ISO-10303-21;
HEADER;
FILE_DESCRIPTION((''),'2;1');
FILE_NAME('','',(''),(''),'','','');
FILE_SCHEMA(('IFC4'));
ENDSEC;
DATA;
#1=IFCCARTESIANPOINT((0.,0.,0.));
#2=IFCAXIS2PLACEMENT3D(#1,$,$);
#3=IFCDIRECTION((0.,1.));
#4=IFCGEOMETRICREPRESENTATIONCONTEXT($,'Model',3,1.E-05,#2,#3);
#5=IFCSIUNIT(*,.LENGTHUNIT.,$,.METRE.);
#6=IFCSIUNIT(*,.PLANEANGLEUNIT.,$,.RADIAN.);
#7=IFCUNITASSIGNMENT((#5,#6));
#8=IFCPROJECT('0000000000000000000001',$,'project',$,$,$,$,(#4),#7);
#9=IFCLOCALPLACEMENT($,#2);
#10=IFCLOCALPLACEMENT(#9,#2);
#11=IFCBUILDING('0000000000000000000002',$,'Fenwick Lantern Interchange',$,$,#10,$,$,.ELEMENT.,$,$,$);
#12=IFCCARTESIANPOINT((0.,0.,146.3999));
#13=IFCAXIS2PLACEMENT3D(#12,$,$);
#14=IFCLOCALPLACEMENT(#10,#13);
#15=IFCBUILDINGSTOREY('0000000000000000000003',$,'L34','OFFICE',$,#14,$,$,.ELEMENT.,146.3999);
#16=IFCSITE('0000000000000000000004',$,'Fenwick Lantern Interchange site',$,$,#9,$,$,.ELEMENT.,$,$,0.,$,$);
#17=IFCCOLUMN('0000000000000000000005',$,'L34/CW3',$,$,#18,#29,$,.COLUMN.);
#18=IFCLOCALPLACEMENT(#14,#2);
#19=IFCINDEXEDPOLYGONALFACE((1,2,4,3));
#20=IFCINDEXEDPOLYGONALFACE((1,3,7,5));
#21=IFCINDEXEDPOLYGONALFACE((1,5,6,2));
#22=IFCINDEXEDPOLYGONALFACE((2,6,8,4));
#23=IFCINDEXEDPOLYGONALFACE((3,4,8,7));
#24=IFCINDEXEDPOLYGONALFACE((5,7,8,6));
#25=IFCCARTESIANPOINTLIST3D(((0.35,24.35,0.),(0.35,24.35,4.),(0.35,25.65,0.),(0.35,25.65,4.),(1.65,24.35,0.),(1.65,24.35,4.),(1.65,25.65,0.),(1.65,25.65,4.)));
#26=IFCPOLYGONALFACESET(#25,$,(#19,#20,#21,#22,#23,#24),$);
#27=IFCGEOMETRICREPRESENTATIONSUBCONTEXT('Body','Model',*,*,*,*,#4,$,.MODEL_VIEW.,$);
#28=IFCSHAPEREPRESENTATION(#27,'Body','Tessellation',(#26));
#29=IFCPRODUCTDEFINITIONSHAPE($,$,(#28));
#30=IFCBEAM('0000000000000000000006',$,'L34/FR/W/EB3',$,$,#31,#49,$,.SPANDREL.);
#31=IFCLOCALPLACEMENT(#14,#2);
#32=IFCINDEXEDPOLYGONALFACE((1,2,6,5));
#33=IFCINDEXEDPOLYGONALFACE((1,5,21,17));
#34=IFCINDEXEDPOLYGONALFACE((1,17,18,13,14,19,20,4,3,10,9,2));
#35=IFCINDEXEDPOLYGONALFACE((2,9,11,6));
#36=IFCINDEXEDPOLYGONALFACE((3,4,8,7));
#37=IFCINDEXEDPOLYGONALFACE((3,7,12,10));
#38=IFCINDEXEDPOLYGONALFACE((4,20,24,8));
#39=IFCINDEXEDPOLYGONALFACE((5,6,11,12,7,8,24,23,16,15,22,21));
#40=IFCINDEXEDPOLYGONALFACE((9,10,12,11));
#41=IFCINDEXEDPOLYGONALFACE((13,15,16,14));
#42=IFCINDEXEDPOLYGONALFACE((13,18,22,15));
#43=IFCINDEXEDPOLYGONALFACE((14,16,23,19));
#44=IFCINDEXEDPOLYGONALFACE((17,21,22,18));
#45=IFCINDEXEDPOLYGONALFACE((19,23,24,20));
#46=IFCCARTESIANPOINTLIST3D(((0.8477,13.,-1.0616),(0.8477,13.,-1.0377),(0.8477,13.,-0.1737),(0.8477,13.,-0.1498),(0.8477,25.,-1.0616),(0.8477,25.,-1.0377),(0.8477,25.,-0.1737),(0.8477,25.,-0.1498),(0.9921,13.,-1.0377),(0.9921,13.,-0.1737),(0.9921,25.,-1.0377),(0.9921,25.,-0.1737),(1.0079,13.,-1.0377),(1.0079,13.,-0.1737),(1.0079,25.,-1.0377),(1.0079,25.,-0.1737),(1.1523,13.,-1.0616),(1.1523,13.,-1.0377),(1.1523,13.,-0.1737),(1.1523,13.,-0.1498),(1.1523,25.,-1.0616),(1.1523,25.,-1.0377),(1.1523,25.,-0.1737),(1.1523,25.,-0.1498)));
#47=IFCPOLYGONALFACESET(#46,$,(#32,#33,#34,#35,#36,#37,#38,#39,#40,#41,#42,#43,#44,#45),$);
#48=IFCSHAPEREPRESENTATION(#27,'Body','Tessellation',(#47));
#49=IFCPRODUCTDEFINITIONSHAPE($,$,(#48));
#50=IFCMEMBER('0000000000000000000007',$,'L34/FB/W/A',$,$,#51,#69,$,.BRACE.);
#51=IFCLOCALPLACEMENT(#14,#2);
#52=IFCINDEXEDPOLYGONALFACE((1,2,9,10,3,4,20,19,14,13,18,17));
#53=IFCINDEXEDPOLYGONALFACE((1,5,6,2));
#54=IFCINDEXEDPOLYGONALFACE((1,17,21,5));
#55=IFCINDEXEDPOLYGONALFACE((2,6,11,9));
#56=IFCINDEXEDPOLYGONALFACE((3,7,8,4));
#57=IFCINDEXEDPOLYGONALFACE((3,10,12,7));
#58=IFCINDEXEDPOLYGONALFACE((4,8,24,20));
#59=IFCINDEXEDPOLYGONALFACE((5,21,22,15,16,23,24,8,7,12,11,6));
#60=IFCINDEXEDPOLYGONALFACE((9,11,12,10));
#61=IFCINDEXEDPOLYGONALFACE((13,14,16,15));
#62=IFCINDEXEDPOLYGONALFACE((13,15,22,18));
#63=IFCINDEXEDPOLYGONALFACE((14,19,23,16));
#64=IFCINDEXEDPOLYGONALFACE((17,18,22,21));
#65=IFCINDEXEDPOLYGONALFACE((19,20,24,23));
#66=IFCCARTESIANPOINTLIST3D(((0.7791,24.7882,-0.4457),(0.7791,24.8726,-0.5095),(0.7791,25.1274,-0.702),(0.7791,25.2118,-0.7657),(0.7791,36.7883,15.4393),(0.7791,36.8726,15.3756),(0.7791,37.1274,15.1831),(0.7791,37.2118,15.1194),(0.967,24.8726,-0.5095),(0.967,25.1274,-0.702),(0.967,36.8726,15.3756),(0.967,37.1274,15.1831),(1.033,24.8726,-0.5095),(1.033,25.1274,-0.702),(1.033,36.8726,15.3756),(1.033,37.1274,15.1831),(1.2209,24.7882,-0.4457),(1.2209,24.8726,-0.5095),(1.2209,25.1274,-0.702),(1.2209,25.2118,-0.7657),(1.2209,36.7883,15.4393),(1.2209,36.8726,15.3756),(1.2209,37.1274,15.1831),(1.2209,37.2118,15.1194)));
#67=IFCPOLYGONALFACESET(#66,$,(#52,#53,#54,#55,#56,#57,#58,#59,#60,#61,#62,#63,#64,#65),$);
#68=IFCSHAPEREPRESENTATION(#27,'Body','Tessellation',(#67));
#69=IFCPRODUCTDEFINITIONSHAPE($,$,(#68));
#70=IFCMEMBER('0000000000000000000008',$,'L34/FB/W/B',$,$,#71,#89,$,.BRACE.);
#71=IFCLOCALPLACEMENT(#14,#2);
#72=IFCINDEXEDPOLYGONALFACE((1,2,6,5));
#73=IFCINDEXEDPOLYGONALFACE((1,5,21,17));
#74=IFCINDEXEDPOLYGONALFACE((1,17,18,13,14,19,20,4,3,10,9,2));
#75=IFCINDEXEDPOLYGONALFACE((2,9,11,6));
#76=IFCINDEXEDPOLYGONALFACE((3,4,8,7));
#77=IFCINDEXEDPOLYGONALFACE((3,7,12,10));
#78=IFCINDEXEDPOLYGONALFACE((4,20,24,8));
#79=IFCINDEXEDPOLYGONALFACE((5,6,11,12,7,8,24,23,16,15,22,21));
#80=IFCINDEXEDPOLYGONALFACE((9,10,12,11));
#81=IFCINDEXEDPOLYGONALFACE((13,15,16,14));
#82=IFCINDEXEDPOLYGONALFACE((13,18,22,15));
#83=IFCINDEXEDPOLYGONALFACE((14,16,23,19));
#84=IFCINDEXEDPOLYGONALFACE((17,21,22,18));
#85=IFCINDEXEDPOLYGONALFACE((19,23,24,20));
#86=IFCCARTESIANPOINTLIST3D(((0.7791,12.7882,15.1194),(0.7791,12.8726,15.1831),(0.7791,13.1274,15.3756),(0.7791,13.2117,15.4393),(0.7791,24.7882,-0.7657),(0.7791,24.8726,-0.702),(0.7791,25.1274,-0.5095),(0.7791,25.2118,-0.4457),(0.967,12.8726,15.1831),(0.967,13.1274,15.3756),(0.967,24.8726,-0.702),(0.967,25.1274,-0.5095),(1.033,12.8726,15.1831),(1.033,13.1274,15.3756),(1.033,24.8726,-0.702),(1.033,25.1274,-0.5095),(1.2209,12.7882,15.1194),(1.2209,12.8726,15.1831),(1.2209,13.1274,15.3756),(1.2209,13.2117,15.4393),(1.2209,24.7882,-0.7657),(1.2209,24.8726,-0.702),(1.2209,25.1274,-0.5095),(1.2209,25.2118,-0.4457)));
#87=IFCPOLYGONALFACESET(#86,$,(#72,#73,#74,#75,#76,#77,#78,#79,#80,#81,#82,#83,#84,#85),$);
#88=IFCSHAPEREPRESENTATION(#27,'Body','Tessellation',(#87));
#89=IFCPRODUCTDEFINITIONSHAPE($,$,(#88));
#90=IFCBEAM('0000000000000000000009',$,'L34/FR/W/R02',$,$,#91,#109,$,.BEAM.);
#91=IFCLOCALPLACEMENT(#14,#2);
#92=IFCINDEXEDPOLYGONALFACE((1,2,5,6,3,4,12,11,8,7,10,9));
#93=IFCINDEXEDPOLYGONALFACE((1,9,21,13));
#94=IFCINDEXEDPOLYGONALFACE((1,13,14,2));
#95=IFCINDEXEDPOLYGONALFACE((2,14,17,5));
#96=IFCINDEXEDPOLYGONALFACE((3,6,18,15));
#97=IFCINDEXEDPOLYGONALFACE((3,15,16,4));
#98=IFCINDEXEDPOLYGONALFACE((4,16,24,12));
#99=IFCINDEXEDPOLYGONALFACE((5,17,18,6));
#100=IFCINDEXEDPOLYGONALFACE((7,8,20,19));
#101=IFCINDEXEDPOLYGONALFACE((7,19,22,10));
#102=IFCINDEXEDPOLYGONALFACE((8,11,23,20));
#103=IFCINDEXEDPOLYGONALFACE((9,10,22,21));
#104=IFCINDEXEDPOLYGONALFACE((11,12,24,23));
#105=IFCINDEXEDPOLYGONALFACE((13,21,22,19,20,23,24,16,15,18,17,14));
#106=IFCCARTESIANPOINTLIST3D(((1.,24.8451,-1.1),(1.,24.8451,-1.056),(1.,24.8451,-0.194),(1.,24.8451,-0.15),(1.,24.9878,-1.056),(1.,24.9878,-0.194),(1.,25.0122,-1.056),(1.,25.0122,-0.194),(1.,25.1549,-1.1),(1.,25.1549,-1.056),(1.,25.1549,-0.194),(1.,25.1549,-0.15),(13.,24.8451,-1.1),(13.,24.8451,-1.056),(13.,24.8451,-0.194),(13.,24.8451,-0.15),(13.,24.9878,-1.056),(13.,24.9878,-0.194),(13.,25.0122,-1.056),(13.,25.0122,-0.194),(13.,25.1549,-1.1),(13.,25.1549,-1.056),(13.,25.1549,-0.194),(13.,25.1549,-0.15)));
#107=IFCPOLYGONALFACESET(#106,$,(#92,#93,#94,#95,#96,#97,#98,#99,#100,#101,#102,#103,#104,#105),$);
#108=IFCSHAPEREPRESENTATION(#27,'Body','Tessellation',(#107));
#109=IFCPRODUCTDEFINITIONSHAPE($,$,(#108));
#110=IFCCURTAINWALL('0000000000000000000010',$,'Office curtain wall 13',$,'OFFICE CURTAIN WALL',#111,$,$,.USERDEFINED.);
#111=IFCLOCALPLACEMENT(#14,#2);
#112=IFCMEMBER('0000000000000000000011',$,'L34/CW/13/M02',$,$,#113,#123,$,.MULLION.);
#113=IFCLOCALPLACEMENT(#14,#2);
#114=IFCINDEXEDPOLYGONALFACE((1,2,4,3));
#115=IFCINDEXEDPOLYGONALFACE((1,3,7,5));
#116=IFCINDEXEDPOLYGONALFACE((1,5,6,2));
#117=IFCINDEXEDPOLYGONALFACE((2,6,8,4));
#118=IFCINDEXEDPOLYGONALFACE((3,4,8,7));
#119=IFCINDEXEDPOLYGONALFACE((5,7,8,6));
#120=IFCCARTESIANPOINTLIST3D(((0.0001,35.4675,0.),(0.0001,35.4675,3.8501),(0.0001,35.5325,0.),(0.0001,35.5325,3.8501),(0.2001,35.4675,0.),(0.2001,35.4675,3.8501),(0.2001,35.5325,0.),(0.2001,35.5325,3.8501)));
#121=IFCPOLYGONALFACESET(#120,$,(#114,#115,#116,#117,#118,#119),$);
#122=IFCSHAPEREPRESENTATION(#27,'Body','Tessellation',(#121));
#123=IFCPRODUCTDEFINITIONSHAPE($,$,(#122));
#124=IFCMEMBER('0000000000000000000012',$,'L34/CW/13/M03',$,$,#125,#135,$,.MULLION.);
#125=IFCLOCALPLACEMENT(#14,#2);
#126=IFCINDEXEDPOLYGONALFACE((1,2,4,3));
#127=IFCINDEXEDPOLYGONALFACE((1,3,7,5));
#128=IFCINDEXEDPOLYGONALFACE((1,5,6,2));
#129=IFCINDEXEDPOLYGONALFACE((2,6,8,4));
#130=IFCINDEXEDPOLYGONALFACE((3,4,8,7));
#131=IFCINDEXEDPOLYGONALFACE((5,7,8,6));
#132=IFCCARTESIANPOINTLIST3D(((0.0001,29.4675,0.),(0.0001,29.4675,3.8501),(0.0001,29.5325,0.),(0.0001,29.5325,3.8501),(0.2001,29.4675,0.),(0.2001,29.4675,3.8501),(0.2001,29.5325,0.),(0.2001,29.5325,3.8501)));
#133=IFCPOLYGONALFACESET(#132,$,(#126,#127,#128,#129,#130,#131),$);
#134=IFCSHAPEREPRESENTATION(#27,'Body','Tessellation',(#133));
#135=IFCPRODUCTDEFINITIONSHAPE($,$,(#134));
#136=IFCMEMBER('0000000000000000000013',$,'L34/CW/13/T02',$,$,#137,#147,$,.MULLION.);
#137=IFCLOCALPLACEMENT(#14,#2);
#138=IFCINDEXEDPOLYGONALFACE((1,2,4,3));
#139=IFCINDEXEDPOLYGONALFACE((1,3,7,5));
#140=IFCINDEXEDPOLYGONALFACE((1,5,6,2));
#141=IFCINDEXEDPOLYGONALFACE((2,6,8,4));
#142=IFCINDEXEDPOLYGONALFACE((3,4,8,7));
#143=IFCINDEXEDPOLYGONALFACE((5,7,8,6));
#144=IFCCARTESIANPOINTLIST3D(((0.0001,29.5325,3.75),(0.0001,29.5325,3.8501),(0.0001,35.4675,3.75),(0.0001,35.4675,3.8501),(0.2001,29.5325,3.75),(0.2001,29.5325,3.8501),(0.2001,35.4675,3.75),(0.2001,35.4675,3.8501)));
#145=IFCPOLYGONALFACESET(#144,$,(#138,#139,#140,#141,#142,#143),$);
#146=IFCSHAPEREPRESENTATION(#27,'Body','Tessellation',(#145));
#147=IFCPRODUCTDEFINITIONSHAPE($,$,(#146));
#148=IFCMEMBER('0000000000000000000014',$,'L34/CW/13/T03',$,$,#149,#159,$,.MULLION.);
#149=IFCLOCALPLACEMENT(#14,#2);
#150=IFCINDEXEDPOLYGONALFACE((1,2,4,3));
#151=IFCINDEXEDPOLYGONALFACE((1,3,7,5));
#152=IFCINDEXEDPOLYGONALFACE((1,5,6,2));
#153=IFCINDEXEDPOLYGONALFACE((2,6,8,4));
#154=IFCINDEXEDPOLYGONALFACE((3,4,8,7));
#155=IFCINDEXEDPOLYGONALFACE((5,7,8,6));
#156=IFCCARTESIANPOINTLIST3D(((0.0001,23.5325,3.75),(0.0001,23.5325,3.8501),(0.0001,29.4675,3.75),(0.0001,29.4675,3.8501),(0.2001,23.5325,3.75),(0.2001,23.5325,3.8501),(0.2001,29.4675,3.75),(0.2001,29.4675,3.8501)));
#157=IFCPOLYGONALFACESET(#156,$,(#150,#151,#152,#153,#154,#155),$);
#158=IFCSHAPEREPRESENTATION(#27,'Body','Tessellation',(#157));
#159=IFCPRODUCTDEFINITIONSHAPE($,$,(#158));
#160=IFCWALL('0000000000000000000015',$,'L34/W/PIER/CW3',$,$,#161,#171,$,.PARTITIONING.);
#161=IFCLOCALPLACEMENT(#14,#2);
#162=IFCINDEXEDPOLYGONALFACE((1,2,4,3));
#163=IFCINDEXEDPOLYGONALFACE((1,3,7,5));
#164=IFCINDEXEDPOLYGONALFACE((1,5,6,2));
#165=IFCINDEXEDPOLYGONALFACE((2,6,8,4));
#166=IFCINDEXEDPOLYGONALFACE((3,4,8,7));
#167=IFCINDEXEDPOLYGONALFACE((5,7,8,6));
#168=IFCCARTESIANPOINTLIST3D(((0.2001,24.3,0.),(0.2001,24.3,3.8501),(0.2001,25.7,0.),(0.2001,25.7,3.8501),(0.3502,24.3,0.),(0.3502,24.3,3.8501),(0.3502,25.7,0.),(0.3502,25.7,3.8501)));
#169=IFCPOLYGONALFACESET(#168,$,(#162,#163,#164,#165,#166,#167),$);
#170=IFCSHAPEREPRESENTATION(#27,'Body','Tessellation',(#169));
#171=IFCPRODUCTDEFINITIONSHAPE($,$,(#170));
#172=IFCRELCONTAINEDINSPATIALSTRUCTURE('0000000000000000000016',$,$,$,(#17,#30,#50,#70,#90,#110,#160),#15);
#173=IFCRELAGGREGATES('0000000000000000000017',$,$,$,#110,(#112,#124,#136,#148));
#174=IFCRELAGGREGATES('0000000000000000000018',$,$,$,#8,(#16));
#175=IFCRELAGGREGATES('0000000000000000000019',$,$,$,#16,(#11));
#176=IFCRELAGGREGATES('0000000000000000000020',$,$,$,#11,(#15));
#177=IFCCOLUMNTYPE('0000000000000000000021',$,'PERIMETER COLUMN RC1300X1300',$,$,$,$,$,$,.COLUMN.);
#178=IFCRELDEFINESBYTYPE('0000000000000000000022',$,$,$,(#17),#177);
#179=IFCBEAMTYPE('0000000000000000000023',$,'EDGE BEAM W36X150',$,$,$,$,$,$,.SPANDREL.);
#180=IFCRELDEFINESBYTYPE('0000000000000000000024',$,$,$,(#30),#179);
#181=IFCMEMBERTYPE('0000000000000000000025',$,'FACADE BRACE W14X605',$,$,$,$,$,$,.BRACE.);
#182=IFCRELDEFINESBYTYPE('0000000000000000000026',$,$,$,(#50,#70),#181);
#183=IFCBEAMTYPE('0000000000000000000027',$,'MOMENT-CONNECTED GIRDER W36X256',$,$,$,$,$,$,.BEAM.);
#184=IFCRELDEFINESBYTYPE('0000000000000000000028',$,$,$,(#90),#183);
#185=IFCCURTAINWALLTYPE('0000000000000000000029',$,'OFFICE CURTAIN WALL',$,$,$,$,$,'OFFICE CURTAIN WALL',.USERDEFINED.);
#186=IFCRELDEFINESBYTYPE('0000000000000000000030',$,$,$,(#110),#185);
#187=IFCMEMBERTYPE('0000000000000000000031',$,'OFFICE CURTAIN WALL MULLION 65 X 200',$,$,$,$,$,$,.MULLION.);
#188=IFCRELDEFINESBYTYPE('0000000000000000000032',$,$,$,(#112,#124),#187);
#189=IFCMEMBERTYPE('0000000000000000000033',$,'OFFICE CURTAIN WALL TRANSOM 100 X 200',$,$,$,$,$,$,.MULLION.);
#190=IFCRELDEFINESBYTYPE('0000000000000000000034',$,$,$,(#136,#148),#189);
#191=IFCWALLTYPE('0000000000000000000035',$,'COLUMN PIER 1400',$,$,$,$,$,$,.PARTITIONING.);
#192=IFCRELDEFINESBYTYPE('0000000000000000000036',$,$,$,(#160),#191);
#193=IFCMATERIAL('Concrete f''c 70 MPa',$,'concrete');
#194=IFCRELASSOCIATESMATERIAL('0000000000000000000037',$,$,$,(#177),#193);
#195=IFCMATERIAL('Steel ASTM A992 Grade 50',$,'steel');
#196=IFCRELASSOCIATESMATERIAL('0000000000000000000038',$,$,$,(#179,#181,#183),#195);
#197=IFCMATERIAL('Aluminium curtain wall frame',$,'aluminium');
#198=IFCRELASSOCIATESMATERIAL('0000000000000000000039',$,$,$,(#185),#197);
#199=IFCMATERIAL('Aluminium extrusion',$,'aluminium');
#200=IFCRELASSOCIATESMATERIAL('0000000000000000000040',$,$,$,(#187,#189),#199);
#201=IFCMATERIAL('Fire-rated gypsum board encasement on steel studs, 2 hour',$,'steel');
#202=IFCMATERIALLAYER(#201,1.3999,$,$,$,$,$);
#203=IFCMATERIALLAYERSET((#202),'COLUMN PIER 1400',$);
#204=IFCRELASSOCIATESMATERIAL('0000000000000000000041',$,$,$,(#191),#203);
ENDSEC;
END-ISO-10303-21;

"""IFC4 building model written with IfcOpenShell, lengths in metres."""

from ifc_helpers import new_model, si_unit, direction, frame, frame_2d, origin, origin_2d, place, context, subcontext, project, spatial, rectangle, i_section, extrude, material, layer, layer_set, material_profile, profile_set, type_object, element, aggregate, save


model = new_model("IFC4")

# Units and contexts
model_context = context("Model", 3, precision=1e-05, world=origin(), true_north=direction((0.0, 1.0)))
body_context = subcontext(model_context, "Body", "Model", "MODEL_VIEW")
ifc_project = project(units=[si_unit("LENGTHUNIT", "METRE"), si_unit("PLANEANGLEUNIT", "RADIAN")], contexts=[model_context])

# Site, building, storey
site_placement = place(None, origin())
site = spatial("IfcSite", under=ifc_project, at=site_placement, Name="Fenwick Lantern Interchange site", CompositionType="ELEMENT", RefElevation=0.0)
building_placement = place(site_placement, origin())
building = spatial("IfcBuilding", under=site, at=building_placement, Name="Fenwick Lantern Interchange", CompositionType="ELEMENT")
storey_placement = place(building_placement, frame((0.0, 0.0, 146.3999)))
storey = spatial("IfcBuildingStorey", under=building, at=storey_placement, Name="L34", Description="OFFICE", CompositionType="ELEMENT", Elevation=146.3999)

# Column
ifc_material_1 = material(Name="Concrete f'c 70 MPa", Category="concrete")
ifc_material_profile_1 = material_profile(ifc_material_1, rectangle(XDim=1.3, YDim=1.3, at=origin_2d()), Name="RC1300X1300")
ifc_profile_set_1 = profile_set([ifc_material_profile_1], Name="Concrete f'c 70 MPa")
column_type = type_object("IfcColumnType", Name="PERIMETER COLUMN RC1300X1300", PredefinedType="COLUMN", material=ifc_profile_set_1)
column_placement = place(storey_placement, frame((1.0, 25.0, 0.0), z_axis=(0.0, 0.0, 1.0), x_axis=(1.0, 0.0, 0.0)))
element("IfcColumn", 1, at=column_placement, inside=storey, type_object=column_type, Name="L34/CW3", PredefinedType="COLUMN", context=body_context, shape_type="SweptSolid", body=[
    extrude(rectangle(XDim=1.3, YDim=1.3, at=origin_2d()), origin(), (0.0, 0.0, 1.0), 4.0),
])

# Beam
ifc_material_2 = material(Name="Steel ASTM A992 Grade 50", Category="steel")
ifc_material_profile_2 = material_profile(ifc_material_2, i_section(OverallWidth=0.3047, OverallDepth=0.9119, WebThickness=0.0159, FlangeThickness=0.0239, at=origin_2d()), Name="W36X150")
ifc_profile_set_2 = profile_set([ifc_material_profile_2], Name="Steel ASTM A992 Grade 50")
beam_type_1 = type_object("IfcBeamType", Name="EDGE BEAM W36X150", PredefinedType="SPANDREL", material=ifc_profile_set_2)
beam_1_placement = place(storey_placement, frame((1.0, 25.0, -0.6057), z_axis=(0.0, -1.0, 0.0), x_axis=(1.0, 0.0, 0.0)))
element("IfcBeam", 2, at=beam_1_placement, inside=storey, type_object=beam_type_1, Name="L34/FR/W/EB3", PredefinedType="SPANDREL", context=body_context, shape_type="SweptSolid", body=[
    extrude(i_section(OverallWidth=0.3047, OverallDepth=0.9119, WebThickness=0.0159, FlangeThickness=0.0239, at=origin_2d()), origin(), (0.0, 0.0, 1.0), 12.0),
])

# Members
ifc_material_profile_3 = material_profile(ifc_material_2, i_section(OverallWidth=0.4419, OverallDepth=0.5308, WebThickness=0.0659, FlangeThickness=0.1057, at=origin_2d()), Name="W14X605")
ifc_profile_set_3 = profile_set([ifc_material_profile_3], Name="Steel ASTM A992 Grade 50")
member_type_1 = type_object("IfcMemberType", Name="FACADE BRACE W14X605", PredefinedType="BRACE", material=ifc_profile_set_3)
for number, where, z_axis, x_axis, name in (
    (3, (1.0, 25.0, -0.6057), (0.0, 0.602769, 0.797916), (-1.0, 0.0, 0.0), "L34/FB/W/A"),
    (4, (1.0, 25.0, -0.6057), (0.0, -0.602769, 0.797916), (1.0, 0.0, 0.0), "L34/FB/W/B"),
):
    element("IfcMember", number, at=place(storey_placement, frame(where, z_axis=z_axis, x_axis=x_axis)), inside=storey, type_object=member_type_1, Name=name, PredefinedType="BRACE", context=body_context, shape_type="SweptSolid", body=[
        extrude(i_section(OverallWidth=0.4419, OverallDepth=0.5308, WebThickness=0.0659, FlangeThickness=0.1057, at=origin_2d()), origin(), (0.0, 0.0, 1.0), 19.9082),
    ])

# Beam
ifc_material_profile_4 = material_profile(ifc_material_2, i_section(OverallWidth=0.3098, OverallDepth=0.95, WebThickness=0.0244, FlangeThickness=0.0439, at=origin_2d()), Name="W36X256")
ifc_profile_set_4 = profile_set([ifc_material_profile_4], Name="Steel ASTM A992 Grade 50")
beam_type_2 = type_object("IfcBeamType", Name="MOMENT-CONNECTED GIRDER W36X256", PredefinedType="BEAM", material=ifc_profile_set_4)
beam_2_placement = place(storey_placement, frame((1.0, 25.0, -0.625), z_axis=(1.0, 0.0, 0.0), x_axis=(0.0, 1.0, 0.0)))
element("IfcBeam", 5, at=beam_2_placement, inside=storey, type_object=beam_type_2, Name="L34/FR/W/R02", PredefinedType="BEAM", context=body_context, shape_type="SweptSolid", body=[
    extrude(i_section(OverallWidth=0.3098, OverallDepth=0.95, WebThickness=0.0244, FlangeThickness=0.0439, at=origin_2d()), origin(), (0.0, 0.0, 1.0), 12.0),
])

# Curtain wall, members
ifc_material_3 = material(Name="Aluminium curtain wall frame", Category="aluminium")
curtain_wall_type = type_object("IfcCurtainWallType", Name="OFFICE CURTAIN WALL", ElementType="OFFICE CURTAIN WALL", PredefinedType="USERDEFINED", material=ifc_material_3)
curtain_wall_placement = place(storey_placement, origin())
curtain_wall = element("IfcCurtainWall", 6, at=curtain_wall_placement, inside=storey, type_object=curtain_wall_type, Name="Office curtain wall 13", ObjectType="OFFICE CURTAIN WALL", PredefinedType="USERDEFINED")
ifc_material_4 = material(Name="Aluminium extrusion", Category="aluminium")
ifc_material_profile_5 = material_profile(ifc_material_4, rectangle(XDim=0.2, YDim=0.0649, at=origin_2d()), Name="OFFICE CURTAIN WALL MULLION 65 X 200")
ifc_profile_set_5 = profile_set([ifc_material_profile_5], Name="Aluminium extrusion")
member_type_2 = type_object("IfcMemberType", Name="OFFICE CURTAIN WALL MULLION 65 X 200", PredefinedType="MULLION", material=ifc_profile_set_5)
member_1_placement = place(storey_placement, frame((0.1001, 35.5, 0.0), z_axis=(0.0, 0.0, 1.0), x_axis=(1.0, 0.0, 0.0)))
member_1 = element("IfcMember", 7, at=member_1_placement, type_object=member_type_2, Name="L34/CW/13/M02", PredefinedType="MULLION", context=body_context, shape_type="SweptSolid", body=[
    extrude(rectangle(XDim=0.2, YDim=0.0649, at=origin_2d()), origin(), (0.0, 0.0, 1.0), 3.8501),
])
member_2_placement = place(storey_placement, frame((0.1001, 29.5, 0.0), z_axis=(0.0, 0.0, 1.0), x_axis=(1.0, 0.0, 0.0)))
member_2 = element("IfcMember", 8, at=member_2_placement, type_object=member_type_2, Name="L34/CW/13/M03", PredefinedType="MULLION", context=body_context, shape_type="SweptSolid", body=[
    extrude(rectangle(XDim=0.2, YDim=0.0649, at=origin_2d()), origin(), (0.0, 0.0, 1.0), 3.8501),
])
ifc_material_profile_6 = material_profile(ifc_material_4, rectangle(XDim=0.2, YDim=0.1001, at=origin_2d()), Name="OFFICE CURTAIN WALL TRANSOM 100 X 200")
ifc_profile_set_6 = profile_set([ifc_material_profile_6], Name="Aluminium extrusion")
member_type_3 = type_object("IfcMemberType", Name="OFFICE CURTAIN WALL TRANSOM 100 X 200", PredefinedType="MULLION", material=ifc_profile_set_6)
member_3_placement = place(storey_placement, frame((0.1001, 35.4675, 3.8), z_axis=(0.0, -1.0, 0.0), x_axis=(1.0, 0.0, 0.0)))
member_3 = element("IfcMember", 9, at=member_3_placement, type_object=member_type_3, Name="L34/CW/13/T02", PredefinedType="MULLION", context=body_context, shape_type="SweptSolid", body=[
    extrude(rectangle(XDim=0.2, YDim=0.1001, at=origin_2d()), origin(), (0.0, 0.0, 1.0), 5.9351),
])
member_4_placement = place(storey_placement, frame((0.1001, 29.4675, 3.8), z_axis=(0.0, -1.0, 0.0), x_axis=(1.0, 0.0, 0.0)))
member_4 = element("IfcMember", 10, at=member_4_placement, type_object=member_type_3, Name="L34/CW/13/T03", PredefinedType="MULLION", context=body_context, shape_type="SweptSolid", body=[
    extrude(rectangle(XDim=0.2, YDim=0.1001, at=origin_2d()), origin(), (0.0, 0.0, 1.0), 5.9351),
])
aggregate(curtain_wall, [member_1, member_2, member_3, member_4])

# Wall
ifc_material_5 = material(Name="Fire-rated gypsum board encasement on steel studs, 2 hour", Category="steel")
ifc_layer_1 = layer(ifc_material_5, 1.3999)
ifc_layer_set_1 = layer_set([ifc_layer_1], Name="COLUMN PIER 1400")
wall_type_1 = type_object("IfcWallType", Name="COLUMN PIER 1400", PredefinedType="PARTITIONING", material=ifc_layer_set_1)
wall_1_placement = place(storey_placement, frame((0.2, 25.0, 0.0), z_axis=(0.0, 0.0, 1.0), x_axis=(1.0, 0.0, 0.0)))
element("IfcWall", 11, at=wall_1_placement, inside=storey, type_object=wall_type_1, Name="L34/W/PIER/CW3", PredefinedType="PARTITIONING", context=body_context, shape_type="SweptSolid", body=[
    extrude(rectangle(XDim=0.1501, YDim=1.3999, at=frame_2d((0.0752, 0.0))), origin(), (0.0, 0.0, 1.0), 3.8501),
])

save(model, "model.ifc")
